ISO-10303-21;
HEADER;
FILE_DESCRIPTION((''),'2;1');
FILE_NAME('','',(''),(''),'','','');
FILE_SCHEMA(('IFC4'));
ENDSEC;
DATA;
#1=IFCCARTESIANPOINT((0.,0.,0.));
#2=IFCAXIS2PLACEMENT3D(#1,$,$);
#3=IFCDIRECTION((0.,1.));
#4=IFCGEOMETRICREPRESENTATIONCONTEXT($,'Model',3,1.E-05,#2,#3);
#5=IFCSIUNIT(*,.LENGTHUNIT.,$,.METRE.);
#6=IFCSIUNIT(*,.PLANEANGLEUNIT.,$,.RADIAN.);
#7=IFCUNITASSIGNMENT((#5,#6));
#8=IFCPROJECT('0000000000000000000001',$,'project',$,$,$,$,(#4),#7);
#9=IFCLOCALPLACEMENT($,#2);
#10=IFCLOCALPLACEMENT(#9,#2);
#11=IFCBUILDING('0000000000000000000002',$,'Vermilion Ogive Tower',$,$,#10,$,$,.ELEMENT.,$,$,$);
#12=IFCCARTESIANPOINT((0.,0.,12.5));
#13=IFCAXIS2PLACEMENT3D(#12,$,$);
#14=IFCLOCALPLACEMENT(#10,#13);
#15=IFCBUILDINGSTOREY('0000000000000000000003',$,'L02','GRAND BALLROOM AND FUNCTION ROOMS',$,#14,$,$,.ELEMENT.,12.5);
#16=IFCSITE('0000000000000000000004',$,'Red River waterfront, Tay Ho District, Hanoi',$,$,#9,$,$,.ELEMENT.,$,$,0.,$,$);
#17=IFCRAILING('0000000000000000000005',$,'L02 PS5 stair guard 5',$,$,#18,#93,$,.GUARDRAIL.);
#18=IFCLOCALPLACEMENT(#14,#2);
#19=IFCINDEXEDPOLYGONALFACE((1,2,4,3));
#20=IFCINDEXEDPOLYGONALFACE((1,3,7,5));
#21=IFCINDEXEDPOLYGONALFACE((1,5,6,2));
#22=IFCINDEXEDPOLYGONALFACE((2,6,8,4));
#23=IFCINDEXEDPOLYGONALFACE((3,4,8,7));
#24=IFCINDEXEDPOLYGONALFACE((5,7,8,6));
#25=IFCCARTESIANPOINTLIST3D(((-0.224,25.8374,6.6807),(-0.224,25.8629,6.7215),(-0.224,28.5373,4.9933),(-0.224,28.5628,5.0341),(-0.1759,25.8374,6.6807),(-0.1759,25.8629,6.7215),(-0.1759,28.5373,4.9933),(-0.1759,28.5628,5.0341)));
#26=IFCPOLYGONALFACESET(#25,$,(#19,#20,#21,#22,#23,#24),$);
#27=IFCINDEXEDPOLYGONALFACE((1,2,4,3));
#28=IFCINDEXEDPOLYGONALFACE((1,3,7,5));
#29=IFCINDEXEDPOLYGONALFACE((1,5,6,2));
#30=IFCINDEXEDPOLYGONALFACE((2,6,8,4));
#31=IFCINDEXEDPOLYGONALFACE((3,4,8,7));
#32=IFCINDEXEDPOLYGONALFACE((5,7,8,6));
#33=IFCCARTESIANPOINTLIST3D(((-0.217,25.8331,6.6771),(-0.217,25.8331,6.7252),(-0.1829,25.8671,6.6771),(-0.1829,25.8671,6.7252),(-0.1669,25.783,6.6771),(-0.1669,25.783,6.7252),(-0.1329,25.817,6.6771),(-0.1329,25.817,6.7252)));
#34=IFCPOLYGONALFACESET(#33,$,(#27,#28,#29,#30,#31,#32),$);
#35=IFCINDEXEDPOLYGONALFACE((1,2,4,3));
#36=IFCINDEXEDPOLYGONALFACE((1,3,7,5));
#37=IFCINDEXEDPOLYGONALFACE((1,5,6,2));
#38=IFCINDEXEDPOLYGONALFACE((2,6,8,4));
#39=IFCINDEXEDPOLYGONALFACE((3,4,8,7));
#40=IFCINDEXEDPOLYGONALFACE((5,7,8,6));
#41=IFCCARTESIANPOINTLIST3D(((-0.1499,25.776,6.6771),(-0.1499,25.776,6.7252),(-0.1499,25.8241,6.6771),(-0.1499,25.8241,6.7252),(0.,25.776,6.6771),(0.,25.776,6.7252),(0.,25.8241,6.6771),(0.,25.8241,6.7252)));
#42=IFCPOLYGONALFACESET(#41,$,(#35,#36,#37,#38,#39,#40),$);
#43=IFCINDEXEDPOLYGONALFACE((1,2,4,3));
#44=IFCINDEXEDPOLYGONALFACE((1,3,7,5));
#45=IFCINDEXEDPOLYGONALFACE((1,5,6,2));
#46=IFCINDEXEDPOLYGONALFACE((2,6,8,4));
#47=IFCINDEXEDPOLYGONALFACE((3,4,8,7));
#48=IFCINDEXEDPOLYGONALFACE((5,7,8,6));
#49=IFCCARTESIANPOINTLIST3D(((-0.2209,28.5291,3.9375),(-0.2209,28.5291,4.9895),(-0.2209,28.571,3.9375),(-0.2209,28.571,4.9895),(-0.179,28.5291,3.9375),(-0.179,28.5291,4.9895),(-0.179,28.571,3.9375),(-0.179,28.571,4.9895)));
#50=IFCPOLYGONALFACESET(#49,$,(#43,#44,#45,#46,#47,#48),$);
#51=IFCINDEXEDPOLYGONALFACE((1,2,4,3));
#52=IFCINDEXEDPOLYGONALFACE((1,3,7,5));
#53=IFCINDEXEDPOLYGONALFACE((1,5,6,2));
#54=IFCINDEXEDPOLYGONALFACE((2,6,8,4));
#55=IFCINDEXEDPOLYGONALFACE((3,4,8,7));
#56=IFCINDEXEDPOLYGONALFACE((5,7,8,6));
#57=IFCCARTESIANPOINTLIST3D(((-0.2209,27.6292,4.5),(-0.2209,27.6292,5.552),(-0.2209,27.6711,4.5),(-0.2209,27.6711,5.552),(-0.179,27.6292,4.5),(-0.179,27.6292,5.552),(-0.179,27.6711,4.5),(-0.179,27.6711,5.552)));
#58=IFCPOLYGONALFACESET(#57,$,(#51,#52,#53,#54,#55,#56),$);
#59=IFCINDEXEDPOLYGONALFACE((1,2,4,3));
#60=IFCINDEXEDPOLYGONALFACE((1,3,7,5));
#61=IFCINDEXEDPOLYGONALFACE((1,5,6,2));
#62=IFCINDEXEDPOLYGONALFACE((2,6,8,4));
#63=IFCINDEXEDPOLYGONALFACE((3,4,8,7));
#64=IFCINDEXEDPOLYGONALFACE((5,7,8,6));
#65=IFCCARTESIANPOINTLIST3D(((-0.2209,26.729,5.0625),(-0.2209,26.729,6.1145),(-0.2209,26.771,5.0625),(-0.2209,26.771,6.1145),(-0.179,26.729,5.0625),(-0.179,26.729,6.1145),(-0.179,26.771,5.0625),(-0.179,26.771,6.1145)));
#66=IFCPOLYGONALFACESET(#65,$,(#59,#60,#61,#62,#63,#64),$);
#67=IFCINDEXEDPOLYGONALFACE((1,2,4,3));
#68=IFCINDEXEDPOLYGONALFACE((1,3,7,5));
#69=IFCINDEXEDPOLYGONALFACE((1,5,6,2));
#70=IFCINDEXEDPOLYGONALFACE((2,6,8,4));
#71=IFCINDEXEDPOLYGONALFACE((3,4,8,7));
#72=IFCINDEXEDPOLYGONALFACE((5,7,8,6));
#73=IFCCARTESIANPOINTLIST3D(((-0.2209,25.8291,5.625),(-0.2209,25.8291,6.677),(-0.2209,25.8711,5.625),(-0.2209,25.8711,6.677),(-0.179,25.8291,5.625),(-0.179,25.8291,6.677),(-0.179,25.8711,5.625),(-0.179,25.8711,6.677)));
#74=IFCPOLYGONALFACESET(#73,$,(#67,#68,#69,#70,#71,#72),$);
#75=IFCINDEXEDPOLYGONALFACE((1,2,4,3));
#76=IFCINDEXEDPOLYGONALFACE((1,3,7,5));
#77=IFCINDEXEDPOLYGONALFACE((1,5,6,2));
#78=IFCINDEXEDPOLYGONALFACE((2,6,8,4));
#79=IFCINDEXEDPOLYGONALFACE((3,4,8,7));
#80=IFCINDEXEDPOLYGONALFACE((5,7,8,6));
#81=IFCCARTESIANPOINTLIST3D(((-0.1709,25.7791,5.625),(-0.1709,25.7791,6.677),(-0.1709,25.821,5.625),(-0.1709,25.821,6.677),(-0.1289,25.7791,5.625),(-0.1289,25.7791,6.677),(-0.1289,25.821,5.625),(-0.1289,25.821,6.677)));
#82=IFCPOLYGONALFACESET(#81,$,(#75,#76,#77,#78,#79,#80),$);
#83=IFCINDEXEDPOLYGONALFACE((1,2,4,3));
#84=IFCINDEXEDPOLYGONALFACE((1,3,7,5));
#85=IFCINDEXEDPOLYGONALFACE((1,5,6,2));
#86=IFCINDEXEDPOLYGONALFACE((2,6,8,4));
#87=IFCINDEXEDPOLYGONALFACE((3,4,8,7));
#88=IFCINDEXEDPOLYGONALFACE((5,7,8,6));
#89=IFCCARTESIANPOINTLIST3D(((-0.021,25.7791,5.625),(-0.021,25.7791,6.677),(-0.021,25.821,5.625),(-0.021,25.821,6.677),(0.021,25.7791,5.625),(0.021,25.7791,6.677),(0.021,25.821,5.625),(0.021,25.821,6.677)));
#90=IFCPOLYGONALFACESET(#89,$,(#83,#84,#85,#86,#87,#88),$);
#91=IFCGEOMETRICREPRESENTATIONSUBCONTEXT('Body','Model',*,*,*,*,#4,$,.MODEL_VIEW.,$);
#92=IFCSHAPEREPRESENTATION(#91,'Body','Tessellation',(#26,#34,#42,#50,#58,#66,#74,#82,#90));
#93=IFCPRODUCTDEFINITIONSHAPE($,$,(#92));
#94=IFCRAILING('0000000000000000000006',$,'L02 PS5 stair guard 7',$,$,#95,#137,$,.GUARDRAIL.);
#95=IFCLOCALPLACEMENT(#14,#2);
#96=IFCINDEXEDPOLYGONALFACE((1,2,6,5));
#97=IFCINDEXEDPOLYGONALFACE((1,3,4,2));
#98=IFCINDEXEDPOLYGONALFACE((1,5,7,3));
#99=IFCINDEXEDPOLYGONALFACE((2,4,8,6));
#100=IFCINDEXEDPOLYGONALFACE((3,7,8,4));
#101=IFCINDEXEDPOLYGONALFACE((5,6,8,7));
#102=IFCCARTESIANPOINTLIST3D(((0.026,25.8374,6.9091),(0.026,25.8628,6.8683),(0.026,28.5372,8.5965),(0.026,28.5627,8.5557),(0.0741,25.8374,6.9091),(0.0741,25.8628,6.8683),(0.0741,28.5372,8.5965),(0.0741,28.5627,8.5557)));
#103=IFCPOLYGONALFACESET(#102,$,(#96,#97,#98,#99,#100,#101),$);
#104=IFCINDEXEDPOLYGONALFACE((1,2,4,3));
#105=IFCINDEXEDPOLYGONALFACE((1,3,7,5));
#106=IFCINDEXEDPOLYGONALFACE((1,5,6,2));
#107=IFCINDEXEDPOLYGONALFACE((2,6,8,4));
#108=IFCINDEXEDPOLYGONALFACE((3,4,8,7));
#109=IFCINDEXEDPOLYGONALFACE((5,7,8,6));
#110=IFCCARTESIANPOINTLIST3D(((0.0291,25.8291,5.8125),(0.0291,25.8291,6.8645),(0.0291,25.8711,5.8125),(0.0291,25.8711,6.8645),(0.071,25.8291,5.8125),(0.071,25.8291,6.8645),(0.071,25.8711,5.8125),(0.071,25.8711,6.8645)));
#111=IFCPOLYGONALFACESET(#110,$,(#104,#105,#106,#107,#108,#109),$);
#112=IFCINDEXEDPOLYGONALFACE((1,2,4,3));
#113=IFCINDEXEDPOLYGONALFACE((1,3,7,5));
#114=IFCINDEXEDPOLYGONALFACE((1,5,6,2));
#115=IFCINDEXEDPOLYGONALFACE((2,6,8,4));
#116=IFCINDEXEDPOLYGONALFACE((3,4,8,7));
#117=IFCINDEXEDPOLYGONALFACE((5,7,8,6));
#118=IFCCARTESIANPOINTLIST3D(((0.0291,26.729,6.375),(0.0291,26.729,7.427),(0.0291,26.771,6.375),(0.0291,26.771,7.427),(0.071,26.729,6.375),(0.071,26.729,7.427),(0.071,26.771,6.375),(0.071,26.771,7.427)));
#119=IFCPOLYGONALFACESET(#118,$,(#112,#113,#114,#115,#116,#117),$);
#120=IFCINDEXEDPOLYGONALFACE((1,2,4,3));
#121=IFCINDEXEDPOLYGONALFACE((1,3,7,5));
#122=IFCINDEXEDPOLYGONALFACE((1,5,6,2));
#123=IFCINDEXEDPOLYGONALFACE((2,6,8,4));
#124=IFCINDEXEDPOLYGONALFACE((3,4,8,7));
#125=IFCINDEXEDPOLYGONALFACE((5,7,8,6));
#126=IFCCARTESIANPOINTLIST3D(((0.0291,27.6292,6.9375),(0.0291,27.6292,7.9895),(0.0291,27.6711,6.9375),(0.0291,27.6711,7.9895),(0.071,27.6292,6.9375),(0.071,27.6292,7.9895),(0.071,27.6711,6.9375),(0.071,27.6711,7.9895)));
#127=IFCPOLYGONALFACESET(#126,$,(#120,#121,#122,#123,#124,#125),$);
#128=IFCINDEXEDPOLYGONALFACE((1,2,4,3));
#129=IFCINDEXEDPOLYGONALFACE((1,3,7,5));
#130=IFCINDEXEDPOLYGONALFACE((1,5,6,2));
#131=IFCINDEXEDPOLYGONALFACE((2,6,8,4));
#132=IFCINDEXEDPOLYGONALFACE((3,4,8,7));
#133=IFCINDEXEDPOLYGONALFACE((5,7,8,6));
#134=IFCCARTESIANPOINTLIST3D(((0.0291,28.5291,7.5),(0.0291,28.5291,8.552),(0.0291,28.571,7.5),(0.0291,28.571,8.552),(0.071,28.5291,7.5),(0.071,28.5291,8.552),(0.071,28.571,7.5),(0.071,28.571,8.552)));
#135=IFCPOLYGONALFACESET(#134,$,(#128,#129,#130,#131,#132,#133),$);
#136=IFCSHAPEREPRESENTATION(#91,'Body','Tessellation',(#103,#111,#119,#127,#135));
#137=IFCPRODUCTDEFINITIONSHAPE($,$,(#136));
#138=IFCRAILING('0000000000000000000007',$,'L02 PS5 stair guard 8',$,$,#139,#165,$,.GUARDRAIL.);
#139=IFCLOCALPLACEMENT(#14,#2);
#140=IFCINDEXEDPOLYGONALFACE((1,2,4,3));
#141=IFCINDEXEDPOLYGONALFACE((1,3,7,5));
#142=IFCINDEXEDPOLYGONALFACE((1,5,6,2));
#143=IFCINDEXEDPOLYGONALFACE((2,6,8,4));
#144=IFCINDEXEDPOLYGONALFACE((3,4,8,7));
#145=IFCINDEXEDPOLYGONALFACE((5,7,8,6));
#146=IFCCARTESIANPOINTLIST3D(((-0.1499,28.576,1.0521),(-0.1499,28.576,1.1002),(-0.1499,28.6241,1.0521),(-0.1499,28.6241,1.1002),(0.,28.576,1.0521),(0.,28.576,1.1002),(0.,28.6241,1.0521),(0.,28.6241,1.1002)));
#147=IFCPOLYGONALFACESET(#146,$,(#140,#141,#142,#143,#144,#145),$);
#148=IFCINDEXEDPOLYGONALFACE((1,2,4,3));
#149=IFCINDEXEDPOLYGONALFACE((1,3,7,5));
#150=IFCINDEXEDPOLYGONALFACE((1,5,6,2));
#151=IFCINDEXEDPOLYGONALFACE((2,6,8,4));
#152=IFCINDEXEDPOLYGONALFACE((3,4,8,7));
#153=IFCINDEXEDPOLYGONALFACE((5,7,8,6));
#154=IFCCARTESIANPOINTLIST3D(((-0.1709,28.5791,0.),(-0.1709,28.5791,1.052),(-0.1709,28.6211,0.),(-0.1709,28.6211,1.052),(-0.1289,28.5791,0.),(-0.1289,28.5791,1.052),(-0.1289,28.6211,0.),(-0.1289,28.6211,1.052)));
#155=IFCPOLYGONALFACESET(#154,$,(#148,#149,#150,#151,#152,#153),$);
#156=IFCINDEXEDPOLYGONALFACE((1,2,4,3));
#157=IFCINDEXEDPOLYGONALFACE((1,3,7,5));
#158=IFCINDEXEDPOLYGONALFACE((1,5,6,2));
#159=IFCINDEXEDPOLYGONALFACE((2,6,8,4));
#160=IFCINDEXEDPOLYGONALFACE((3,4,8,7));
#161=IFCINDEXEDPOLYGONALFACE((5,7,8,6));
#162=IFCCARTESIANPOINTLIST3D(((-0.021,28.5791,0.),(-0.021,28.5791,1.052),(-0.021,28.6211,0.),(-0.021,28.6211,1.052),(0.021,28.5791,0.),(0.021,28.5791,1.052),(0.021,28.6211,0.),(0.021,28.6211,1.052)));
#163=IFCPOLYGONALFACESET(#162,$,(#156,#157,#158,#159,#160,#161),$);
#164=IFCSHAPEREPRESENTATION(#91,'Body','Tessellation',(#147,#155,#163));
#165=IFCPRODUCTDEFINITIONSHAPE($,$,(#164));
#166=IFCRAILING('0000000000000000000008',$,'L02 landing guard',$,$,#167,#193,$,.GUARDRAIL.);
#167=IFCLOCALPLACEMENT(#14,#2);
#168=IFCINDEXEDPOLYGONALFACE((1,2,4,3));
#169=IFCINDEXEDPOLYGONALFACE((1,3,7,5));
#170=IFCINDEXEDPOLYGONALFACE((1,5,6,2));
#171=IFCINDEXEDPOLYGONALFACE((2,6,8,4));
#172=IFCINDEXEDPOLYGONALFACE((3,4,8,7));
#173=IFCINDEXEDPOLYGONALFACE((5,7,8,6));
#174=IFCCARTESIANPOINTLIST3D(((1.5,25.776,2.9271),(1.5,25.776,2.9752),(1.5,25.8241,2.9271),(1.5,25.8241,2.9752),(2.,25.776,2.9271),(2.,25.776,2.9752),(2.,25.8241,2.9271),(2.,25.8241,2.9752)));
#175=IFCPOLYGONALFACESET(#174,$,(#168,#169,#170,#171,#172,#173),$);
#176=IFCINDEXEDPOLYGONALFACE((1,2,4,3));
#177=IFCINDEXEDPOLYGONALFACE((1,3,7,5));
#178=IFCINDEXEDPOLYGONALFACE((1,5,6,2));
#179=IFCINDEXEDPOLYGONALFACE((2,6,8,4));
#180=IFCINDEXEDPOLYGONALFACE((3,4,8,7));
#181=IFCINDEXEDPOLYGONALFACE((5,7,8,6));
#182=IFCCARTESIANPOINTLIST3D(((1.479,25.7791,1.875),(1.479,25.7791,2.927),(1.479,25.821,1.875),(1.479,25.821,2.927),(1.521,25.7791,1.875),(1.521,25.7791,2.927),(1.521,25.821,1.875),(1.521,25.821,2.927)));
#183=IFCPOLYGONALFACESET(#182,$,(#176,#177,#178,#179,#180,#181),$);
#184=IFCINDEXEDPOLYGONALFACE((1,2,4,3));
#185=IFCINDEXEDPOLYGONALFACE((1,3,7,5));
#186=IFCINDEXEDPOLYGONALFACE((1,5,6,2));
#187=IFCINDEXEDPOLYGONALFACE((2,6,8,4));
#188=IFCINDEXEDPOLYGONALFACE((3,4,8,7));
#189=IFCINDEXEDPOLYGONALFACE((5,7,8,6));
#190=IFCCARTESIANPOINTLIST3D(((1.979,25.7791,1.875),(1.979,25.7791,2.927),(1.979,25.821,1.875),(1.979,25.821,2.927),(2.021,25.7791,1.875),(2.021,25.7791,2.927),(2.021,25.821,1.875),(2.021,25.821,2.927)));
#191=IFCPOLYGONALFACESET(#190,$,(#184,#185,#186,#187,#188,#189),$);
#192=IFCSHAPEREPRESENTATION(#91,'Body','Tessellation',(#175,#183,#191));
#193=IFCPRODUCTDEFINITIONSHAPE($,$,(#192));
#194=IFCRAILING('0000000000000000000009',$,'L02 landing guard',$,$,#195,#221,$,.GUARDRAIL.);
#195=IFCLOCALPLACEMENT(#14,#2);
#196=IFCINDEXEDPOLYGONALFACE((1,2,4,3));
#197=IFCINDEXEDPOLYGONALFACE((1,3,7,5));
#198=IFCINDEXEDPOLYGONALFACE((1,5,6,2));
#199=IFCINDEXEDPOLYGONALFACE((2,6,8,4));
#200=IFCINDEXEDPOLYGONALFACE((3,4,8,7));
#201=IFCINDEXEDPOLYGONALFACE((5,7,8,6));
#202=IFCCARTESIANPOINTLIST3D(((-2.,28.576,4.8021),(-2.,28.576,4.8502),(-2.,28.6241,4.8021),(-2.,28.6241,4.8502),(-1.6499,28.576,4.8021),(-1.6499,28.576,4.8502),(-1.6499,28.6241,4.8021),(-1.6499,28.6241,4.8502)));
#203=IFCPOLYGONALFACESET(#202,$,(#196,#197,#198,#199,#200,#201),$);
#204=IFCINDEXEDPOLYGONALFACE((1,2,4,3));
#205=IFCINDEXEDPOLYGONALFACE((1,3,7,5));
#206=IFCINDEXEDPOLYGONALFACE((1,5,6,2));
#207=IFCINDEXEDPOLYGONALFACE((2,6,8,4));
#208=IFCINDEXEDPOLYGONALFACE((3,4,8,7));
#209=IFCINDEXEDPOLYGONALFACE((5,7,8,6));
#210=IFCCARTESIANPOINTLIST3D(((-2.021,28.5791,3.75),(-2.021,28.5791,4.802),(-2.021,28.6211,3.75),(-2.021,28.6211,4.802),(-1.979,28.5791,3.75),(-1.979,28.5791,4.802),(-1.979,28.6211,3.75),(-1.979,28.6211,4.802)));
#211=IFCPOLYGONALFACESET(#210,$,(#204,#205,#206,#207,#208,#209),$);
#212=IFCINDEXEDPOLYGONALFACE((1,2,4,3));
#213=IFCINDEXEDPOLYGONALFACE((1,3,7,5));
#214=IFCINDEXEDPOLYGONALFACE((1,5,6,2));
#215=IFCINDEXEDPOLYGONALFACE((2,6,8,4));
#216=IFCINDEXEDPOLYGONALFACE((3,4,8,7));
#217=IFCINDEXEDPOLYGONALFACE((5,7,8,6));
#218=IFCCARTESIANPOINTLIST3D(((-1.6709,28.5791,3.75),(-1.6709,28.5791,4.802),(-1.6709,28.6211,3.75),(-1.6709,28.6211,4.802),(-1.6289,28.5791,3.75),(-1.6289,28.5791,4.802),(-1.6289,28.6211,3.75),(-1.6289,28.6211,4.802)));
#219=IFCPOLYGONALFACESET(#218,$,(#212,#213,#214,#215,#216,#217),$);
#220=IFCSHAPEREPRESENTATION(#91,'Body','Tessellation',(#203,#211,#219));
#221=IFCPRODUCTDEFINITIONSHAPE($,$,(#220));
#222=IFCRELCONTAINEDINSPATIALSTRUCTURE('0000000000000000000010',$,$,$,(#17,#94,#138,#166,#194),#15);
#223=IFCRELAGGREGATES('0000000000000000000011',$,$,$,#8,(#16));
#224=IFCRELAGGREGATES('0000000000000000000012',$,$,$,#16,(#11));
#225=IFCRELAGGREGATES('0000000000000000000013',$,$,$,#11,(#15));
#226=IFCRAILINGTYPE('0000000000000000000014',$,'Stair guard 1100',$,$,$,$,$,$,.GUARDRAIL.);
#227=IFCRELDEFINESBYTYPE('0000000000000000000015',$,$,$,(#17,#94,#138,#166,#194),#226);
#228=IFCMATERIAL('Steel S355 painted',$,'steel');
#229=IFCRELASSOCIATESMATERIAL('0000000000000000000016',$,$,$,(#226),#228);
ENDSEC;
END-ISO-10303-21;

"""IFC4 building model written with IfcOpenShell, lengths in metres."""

from ifc_helpers import new_model, si_unit, direction, frame, origin, origin_2d, place, context, subcontext, project, spatial, rectangle, extrude, material, type_object, element, save


model = new_model("IFC4")

# Units and contexts
model_context = context("Model", 3, precision=1e-05, world=origin(), true_north=direction((0.0, 1.0)))
body_context = subcontext(model_context, "Body", "Model", "MODEL_VIEW")
ifc_project = project(units=[si_unit("LENGTHUNIT", "METRE"), si_unit("PLANEANGLEUNIT", "RADIAN")], contexts=[model_context])

# Site, building, storey
site_placement = place(None, origin())
site = spatial("IfcSite", under=ifc_project, at=site_placement, Name="Red River waterfront, Tay Ho District, Hanoi", CompositionType="ELEMENT", RefElevation=0.0)
building_placement = place(site_placement, origin())
building = spatial("IfcBuilding", under=site, at=building_placement, Name="Vermilion Ogive Tower", CompositionType="ELEMENT")
storey_placement = place(building_placement, frame((0.0, 0.0, 12.5)))
storey = spatial("IfcBuildingStorey", under=building, at=storey_placement, Name="L02", Description="GRAND BALLROOM AND FUNCTION ROOMS", CompositionType="ELEMENT", Elevation=12.5)

# Railings
ifc_material_1 = material(Name="Steel S355 painted", Category="steel")
railing_type_1 = type_object("IfcRailingType", Name="Stair guard 1100", PredefinedType="GUARDRAIL", material=ifc_material_1)
railing_1_placement = place(storey_placement, frame((-0.2, 28.55, 3.9375)))
element("IfcRailing", 1, at=railing_1_placement, inside=storey, type_object=railing_type_1, Name="L02 PS5 stair guard 5", PredefinedType="GUARDRAIL", context=body_context, shape_type="SweptSolid", body=[
    extrude(rectangle(XDim=0.0481, YDim=0.0481, at=origin_2d()), frame((0.0, 0.0, 1.0762), z_axis=(0.0, -0.847994, 0.530006), x_axis=(1.0, 0.0, 0.0)), (0.0, 0.0, 1.0), 3.1838),
    extrude(rectangle(XDim=0.0481, YDim=0.0481, at=origin_2d()), frame((0.0, -2.7, 2.7637), z_axis=(0.707107, -0.707107, 0.0), x_axis=(0.707107, 0.707107, 0.0)), (0.0, 0.0, 1.0), 0.0708),
    extrude(rectangle(XDim=0.0481, YDim=0.0481, at=origin_2d()), frame((0.05, -2.75, 2.7637), z_axis=(1.0, 0.0, 0.0), x_axis=(0.0, 1.0, 0.0)), (0.0, 0.0, 1.0), 0.1499),
    extrude(rectangle(XDim=0.042, YDim=0.042, at=origin_2d()), origin(), (0.0, 0.0, 1.0), 1.052),
    extrude(rectangle(XDim=0.042, YDim=0.042, at=origin_2d()), frame((0.0, -0.8999, 0.5625)), (0.0, 0.0, 1.0), 1.052),
    extrude(rectangle(XDim=0.042, YDim=0.042, at=origin_2d()), frame((0.0, -1.8, 1.125)), (0.0, 0.0, 1.0), 1.052),
    extrude(rectangle(XDim=0.042, YDim=0.042, at=origin_2d()), frame((0.0, -2.7, 1.6875)), (0.0, 0.0, 1.0), 1.052),
    extrude(rectangle(XDim=0.042, YDim=0.042, at=origin_2d()), frame((0.05, -2.75, 1.6875)), (0.0, 0.0, 1.0), 1.052),
    extrude(rectangle(XDim=0.042, YDim=0.042, at=origin_2d()), frame((0.2, -2.75, 1.6875)), (0.0, 0.0, 1.0), 1.052),
])
railing_2_placement = place(storey_placement, frame((0.05, 25.8501, 5.8125)))
element("IfcRailing", 2, at=railing_2_placement, inside=storey, type_object=railing_type_1, Name="L02 PS5 stair guard 7", PredefinedType="GUARDRAIL", context=body_context, shape_type="SweptSolid", body=[
    extrude(rectangle(XDim=0.0481, YDim=0.0481, at=origin_2d()), frame((0.0, 0.0, 1.0762), z_axis=(0.0, 0.847994, 0.530006), x_axis=(-1.0, 0.0, 0.0)), (0.0, 0.0, 1.0), 3.1838),
    extrude(rectangle(XDim=0.042, YDim=0.042, at=origin_2d()), origin(), (0.0, 0.0, 1.0), 1.052),
    extrude(rectangle(XDim=0.042, YDim=0.042, at=origin_2d()), frame((0.0, 0.8999, 0.5625)), (0.0, 0.0, 1.0), 1.052),
    extrude(rectangle(XDim=0.042, YDim=0.042, at=origin_2d()), frame((0.0, 1.8, 1.125)), (0.0, 0.0, 1.0), 1.052),
    extrude(rectangle(XDim=0.042, YDim=0.042, at=origin_2d()), frame((0.0, 2.7, 1.6875)), (0.0, 0.0, 1.0), 1.052),
])
railing_3_placement = place(storey_placement, frame((-0.1499, 28.6001, 0.0)))
element("IfcRailing", 3, at=railing_3_placement, inside=storey, type_object=railing_type_1, Name="L02 PS5 stair guard 8", PredefinedType="GUARDRAIL", context=body_context, shape_type="SweptSolid", body=[
    extrude(rectangle(XDim=0.0481, YDim=0.0481, at=origin_2d()), frame((0.0, 0.0, 1.0762), z_axis=(1.0, 0.0, 0.0), x_axis=(0.0, 1.0, 0.0)), (0.0, 0.0, 1.0), 0.1499),
    extrude(rectangle(XDim=0.042, YDim=0.042, at=origin_2d()), origin(), (0.0, 0.0, 1.0), 1.052),
    extrude(rectangle(XDim=0.042, YDim=0.042, at=origin_2d()), frame((0.1499, 0.0, 0.0)), (0.0, 0.0, 1.0), 1.052),
])
railing_4_placement = place(storey_placement, frame((1.5, 25.8, 1.875)))
element("IfcRailing", 4, at=railing_4_placement, inside=storey, type_object=railing_type_1, Name="L02 landing guard", PredefinedType="GUARDRAIL", context=body_context, shape_type="SweptSolid", body=[
    extrude(rectangle(XDim=0.0481, YDim=0.0481, at=origin_2d()), frame((0.0, 0.0, 1.0762), z_axis=(1.0, 0.0, 0.0), x_axis=(0.0, 1.0, 0.0)), (0.0, 0.0, 1.0), 0.5),
    extrude(rectangle(XDim=0.042, YDim=0.042, at=origin_2d()), origin(), (0.0, 0.0, 1.0), 1.052),
    extrude(rectangle(XDim=0.042, YDim=0.042, at=origin_2d()), frame((0.5, 0.0, 0.0)), (0.0, 0.0, 1.0), 1.052),
])
railing_5_placement = place(storey_placement, frame((-2.0, 28.6001, 3.75)))
element("IfcRailing", 5, at=railing_5_placement, inside=storey, type_object=railing_type_1, Name="L02 landing guard", PredefinedType="GUARDRAIL", context=body_context, shape_type="SweptSolid", body=[
    extrude(rectangle(XDim=0.0481, YDim=0.0481, at=origin_2d()), frame((0.0, 0.0, 1.0762), z_axis=(1.0, 0.0, 0.0), x_axis=(0.0, 1.0, 0.0)), (0.0, 0.0, 1.0), 0.3501),
    extrude(rectangle(XDim=0.042, YDim=0.042, at=origin_2d()), origin(), (0.0, 0.0, 1.0), 1.052),
    extrude(rectangle(XDim=0.042, YDim=0.042, at=origin_2d()), frame((0.3501, 0.0, 0.0)), (0.0, 0.0, 1.0), 1.052),
])

save(model, "model.ifc")
